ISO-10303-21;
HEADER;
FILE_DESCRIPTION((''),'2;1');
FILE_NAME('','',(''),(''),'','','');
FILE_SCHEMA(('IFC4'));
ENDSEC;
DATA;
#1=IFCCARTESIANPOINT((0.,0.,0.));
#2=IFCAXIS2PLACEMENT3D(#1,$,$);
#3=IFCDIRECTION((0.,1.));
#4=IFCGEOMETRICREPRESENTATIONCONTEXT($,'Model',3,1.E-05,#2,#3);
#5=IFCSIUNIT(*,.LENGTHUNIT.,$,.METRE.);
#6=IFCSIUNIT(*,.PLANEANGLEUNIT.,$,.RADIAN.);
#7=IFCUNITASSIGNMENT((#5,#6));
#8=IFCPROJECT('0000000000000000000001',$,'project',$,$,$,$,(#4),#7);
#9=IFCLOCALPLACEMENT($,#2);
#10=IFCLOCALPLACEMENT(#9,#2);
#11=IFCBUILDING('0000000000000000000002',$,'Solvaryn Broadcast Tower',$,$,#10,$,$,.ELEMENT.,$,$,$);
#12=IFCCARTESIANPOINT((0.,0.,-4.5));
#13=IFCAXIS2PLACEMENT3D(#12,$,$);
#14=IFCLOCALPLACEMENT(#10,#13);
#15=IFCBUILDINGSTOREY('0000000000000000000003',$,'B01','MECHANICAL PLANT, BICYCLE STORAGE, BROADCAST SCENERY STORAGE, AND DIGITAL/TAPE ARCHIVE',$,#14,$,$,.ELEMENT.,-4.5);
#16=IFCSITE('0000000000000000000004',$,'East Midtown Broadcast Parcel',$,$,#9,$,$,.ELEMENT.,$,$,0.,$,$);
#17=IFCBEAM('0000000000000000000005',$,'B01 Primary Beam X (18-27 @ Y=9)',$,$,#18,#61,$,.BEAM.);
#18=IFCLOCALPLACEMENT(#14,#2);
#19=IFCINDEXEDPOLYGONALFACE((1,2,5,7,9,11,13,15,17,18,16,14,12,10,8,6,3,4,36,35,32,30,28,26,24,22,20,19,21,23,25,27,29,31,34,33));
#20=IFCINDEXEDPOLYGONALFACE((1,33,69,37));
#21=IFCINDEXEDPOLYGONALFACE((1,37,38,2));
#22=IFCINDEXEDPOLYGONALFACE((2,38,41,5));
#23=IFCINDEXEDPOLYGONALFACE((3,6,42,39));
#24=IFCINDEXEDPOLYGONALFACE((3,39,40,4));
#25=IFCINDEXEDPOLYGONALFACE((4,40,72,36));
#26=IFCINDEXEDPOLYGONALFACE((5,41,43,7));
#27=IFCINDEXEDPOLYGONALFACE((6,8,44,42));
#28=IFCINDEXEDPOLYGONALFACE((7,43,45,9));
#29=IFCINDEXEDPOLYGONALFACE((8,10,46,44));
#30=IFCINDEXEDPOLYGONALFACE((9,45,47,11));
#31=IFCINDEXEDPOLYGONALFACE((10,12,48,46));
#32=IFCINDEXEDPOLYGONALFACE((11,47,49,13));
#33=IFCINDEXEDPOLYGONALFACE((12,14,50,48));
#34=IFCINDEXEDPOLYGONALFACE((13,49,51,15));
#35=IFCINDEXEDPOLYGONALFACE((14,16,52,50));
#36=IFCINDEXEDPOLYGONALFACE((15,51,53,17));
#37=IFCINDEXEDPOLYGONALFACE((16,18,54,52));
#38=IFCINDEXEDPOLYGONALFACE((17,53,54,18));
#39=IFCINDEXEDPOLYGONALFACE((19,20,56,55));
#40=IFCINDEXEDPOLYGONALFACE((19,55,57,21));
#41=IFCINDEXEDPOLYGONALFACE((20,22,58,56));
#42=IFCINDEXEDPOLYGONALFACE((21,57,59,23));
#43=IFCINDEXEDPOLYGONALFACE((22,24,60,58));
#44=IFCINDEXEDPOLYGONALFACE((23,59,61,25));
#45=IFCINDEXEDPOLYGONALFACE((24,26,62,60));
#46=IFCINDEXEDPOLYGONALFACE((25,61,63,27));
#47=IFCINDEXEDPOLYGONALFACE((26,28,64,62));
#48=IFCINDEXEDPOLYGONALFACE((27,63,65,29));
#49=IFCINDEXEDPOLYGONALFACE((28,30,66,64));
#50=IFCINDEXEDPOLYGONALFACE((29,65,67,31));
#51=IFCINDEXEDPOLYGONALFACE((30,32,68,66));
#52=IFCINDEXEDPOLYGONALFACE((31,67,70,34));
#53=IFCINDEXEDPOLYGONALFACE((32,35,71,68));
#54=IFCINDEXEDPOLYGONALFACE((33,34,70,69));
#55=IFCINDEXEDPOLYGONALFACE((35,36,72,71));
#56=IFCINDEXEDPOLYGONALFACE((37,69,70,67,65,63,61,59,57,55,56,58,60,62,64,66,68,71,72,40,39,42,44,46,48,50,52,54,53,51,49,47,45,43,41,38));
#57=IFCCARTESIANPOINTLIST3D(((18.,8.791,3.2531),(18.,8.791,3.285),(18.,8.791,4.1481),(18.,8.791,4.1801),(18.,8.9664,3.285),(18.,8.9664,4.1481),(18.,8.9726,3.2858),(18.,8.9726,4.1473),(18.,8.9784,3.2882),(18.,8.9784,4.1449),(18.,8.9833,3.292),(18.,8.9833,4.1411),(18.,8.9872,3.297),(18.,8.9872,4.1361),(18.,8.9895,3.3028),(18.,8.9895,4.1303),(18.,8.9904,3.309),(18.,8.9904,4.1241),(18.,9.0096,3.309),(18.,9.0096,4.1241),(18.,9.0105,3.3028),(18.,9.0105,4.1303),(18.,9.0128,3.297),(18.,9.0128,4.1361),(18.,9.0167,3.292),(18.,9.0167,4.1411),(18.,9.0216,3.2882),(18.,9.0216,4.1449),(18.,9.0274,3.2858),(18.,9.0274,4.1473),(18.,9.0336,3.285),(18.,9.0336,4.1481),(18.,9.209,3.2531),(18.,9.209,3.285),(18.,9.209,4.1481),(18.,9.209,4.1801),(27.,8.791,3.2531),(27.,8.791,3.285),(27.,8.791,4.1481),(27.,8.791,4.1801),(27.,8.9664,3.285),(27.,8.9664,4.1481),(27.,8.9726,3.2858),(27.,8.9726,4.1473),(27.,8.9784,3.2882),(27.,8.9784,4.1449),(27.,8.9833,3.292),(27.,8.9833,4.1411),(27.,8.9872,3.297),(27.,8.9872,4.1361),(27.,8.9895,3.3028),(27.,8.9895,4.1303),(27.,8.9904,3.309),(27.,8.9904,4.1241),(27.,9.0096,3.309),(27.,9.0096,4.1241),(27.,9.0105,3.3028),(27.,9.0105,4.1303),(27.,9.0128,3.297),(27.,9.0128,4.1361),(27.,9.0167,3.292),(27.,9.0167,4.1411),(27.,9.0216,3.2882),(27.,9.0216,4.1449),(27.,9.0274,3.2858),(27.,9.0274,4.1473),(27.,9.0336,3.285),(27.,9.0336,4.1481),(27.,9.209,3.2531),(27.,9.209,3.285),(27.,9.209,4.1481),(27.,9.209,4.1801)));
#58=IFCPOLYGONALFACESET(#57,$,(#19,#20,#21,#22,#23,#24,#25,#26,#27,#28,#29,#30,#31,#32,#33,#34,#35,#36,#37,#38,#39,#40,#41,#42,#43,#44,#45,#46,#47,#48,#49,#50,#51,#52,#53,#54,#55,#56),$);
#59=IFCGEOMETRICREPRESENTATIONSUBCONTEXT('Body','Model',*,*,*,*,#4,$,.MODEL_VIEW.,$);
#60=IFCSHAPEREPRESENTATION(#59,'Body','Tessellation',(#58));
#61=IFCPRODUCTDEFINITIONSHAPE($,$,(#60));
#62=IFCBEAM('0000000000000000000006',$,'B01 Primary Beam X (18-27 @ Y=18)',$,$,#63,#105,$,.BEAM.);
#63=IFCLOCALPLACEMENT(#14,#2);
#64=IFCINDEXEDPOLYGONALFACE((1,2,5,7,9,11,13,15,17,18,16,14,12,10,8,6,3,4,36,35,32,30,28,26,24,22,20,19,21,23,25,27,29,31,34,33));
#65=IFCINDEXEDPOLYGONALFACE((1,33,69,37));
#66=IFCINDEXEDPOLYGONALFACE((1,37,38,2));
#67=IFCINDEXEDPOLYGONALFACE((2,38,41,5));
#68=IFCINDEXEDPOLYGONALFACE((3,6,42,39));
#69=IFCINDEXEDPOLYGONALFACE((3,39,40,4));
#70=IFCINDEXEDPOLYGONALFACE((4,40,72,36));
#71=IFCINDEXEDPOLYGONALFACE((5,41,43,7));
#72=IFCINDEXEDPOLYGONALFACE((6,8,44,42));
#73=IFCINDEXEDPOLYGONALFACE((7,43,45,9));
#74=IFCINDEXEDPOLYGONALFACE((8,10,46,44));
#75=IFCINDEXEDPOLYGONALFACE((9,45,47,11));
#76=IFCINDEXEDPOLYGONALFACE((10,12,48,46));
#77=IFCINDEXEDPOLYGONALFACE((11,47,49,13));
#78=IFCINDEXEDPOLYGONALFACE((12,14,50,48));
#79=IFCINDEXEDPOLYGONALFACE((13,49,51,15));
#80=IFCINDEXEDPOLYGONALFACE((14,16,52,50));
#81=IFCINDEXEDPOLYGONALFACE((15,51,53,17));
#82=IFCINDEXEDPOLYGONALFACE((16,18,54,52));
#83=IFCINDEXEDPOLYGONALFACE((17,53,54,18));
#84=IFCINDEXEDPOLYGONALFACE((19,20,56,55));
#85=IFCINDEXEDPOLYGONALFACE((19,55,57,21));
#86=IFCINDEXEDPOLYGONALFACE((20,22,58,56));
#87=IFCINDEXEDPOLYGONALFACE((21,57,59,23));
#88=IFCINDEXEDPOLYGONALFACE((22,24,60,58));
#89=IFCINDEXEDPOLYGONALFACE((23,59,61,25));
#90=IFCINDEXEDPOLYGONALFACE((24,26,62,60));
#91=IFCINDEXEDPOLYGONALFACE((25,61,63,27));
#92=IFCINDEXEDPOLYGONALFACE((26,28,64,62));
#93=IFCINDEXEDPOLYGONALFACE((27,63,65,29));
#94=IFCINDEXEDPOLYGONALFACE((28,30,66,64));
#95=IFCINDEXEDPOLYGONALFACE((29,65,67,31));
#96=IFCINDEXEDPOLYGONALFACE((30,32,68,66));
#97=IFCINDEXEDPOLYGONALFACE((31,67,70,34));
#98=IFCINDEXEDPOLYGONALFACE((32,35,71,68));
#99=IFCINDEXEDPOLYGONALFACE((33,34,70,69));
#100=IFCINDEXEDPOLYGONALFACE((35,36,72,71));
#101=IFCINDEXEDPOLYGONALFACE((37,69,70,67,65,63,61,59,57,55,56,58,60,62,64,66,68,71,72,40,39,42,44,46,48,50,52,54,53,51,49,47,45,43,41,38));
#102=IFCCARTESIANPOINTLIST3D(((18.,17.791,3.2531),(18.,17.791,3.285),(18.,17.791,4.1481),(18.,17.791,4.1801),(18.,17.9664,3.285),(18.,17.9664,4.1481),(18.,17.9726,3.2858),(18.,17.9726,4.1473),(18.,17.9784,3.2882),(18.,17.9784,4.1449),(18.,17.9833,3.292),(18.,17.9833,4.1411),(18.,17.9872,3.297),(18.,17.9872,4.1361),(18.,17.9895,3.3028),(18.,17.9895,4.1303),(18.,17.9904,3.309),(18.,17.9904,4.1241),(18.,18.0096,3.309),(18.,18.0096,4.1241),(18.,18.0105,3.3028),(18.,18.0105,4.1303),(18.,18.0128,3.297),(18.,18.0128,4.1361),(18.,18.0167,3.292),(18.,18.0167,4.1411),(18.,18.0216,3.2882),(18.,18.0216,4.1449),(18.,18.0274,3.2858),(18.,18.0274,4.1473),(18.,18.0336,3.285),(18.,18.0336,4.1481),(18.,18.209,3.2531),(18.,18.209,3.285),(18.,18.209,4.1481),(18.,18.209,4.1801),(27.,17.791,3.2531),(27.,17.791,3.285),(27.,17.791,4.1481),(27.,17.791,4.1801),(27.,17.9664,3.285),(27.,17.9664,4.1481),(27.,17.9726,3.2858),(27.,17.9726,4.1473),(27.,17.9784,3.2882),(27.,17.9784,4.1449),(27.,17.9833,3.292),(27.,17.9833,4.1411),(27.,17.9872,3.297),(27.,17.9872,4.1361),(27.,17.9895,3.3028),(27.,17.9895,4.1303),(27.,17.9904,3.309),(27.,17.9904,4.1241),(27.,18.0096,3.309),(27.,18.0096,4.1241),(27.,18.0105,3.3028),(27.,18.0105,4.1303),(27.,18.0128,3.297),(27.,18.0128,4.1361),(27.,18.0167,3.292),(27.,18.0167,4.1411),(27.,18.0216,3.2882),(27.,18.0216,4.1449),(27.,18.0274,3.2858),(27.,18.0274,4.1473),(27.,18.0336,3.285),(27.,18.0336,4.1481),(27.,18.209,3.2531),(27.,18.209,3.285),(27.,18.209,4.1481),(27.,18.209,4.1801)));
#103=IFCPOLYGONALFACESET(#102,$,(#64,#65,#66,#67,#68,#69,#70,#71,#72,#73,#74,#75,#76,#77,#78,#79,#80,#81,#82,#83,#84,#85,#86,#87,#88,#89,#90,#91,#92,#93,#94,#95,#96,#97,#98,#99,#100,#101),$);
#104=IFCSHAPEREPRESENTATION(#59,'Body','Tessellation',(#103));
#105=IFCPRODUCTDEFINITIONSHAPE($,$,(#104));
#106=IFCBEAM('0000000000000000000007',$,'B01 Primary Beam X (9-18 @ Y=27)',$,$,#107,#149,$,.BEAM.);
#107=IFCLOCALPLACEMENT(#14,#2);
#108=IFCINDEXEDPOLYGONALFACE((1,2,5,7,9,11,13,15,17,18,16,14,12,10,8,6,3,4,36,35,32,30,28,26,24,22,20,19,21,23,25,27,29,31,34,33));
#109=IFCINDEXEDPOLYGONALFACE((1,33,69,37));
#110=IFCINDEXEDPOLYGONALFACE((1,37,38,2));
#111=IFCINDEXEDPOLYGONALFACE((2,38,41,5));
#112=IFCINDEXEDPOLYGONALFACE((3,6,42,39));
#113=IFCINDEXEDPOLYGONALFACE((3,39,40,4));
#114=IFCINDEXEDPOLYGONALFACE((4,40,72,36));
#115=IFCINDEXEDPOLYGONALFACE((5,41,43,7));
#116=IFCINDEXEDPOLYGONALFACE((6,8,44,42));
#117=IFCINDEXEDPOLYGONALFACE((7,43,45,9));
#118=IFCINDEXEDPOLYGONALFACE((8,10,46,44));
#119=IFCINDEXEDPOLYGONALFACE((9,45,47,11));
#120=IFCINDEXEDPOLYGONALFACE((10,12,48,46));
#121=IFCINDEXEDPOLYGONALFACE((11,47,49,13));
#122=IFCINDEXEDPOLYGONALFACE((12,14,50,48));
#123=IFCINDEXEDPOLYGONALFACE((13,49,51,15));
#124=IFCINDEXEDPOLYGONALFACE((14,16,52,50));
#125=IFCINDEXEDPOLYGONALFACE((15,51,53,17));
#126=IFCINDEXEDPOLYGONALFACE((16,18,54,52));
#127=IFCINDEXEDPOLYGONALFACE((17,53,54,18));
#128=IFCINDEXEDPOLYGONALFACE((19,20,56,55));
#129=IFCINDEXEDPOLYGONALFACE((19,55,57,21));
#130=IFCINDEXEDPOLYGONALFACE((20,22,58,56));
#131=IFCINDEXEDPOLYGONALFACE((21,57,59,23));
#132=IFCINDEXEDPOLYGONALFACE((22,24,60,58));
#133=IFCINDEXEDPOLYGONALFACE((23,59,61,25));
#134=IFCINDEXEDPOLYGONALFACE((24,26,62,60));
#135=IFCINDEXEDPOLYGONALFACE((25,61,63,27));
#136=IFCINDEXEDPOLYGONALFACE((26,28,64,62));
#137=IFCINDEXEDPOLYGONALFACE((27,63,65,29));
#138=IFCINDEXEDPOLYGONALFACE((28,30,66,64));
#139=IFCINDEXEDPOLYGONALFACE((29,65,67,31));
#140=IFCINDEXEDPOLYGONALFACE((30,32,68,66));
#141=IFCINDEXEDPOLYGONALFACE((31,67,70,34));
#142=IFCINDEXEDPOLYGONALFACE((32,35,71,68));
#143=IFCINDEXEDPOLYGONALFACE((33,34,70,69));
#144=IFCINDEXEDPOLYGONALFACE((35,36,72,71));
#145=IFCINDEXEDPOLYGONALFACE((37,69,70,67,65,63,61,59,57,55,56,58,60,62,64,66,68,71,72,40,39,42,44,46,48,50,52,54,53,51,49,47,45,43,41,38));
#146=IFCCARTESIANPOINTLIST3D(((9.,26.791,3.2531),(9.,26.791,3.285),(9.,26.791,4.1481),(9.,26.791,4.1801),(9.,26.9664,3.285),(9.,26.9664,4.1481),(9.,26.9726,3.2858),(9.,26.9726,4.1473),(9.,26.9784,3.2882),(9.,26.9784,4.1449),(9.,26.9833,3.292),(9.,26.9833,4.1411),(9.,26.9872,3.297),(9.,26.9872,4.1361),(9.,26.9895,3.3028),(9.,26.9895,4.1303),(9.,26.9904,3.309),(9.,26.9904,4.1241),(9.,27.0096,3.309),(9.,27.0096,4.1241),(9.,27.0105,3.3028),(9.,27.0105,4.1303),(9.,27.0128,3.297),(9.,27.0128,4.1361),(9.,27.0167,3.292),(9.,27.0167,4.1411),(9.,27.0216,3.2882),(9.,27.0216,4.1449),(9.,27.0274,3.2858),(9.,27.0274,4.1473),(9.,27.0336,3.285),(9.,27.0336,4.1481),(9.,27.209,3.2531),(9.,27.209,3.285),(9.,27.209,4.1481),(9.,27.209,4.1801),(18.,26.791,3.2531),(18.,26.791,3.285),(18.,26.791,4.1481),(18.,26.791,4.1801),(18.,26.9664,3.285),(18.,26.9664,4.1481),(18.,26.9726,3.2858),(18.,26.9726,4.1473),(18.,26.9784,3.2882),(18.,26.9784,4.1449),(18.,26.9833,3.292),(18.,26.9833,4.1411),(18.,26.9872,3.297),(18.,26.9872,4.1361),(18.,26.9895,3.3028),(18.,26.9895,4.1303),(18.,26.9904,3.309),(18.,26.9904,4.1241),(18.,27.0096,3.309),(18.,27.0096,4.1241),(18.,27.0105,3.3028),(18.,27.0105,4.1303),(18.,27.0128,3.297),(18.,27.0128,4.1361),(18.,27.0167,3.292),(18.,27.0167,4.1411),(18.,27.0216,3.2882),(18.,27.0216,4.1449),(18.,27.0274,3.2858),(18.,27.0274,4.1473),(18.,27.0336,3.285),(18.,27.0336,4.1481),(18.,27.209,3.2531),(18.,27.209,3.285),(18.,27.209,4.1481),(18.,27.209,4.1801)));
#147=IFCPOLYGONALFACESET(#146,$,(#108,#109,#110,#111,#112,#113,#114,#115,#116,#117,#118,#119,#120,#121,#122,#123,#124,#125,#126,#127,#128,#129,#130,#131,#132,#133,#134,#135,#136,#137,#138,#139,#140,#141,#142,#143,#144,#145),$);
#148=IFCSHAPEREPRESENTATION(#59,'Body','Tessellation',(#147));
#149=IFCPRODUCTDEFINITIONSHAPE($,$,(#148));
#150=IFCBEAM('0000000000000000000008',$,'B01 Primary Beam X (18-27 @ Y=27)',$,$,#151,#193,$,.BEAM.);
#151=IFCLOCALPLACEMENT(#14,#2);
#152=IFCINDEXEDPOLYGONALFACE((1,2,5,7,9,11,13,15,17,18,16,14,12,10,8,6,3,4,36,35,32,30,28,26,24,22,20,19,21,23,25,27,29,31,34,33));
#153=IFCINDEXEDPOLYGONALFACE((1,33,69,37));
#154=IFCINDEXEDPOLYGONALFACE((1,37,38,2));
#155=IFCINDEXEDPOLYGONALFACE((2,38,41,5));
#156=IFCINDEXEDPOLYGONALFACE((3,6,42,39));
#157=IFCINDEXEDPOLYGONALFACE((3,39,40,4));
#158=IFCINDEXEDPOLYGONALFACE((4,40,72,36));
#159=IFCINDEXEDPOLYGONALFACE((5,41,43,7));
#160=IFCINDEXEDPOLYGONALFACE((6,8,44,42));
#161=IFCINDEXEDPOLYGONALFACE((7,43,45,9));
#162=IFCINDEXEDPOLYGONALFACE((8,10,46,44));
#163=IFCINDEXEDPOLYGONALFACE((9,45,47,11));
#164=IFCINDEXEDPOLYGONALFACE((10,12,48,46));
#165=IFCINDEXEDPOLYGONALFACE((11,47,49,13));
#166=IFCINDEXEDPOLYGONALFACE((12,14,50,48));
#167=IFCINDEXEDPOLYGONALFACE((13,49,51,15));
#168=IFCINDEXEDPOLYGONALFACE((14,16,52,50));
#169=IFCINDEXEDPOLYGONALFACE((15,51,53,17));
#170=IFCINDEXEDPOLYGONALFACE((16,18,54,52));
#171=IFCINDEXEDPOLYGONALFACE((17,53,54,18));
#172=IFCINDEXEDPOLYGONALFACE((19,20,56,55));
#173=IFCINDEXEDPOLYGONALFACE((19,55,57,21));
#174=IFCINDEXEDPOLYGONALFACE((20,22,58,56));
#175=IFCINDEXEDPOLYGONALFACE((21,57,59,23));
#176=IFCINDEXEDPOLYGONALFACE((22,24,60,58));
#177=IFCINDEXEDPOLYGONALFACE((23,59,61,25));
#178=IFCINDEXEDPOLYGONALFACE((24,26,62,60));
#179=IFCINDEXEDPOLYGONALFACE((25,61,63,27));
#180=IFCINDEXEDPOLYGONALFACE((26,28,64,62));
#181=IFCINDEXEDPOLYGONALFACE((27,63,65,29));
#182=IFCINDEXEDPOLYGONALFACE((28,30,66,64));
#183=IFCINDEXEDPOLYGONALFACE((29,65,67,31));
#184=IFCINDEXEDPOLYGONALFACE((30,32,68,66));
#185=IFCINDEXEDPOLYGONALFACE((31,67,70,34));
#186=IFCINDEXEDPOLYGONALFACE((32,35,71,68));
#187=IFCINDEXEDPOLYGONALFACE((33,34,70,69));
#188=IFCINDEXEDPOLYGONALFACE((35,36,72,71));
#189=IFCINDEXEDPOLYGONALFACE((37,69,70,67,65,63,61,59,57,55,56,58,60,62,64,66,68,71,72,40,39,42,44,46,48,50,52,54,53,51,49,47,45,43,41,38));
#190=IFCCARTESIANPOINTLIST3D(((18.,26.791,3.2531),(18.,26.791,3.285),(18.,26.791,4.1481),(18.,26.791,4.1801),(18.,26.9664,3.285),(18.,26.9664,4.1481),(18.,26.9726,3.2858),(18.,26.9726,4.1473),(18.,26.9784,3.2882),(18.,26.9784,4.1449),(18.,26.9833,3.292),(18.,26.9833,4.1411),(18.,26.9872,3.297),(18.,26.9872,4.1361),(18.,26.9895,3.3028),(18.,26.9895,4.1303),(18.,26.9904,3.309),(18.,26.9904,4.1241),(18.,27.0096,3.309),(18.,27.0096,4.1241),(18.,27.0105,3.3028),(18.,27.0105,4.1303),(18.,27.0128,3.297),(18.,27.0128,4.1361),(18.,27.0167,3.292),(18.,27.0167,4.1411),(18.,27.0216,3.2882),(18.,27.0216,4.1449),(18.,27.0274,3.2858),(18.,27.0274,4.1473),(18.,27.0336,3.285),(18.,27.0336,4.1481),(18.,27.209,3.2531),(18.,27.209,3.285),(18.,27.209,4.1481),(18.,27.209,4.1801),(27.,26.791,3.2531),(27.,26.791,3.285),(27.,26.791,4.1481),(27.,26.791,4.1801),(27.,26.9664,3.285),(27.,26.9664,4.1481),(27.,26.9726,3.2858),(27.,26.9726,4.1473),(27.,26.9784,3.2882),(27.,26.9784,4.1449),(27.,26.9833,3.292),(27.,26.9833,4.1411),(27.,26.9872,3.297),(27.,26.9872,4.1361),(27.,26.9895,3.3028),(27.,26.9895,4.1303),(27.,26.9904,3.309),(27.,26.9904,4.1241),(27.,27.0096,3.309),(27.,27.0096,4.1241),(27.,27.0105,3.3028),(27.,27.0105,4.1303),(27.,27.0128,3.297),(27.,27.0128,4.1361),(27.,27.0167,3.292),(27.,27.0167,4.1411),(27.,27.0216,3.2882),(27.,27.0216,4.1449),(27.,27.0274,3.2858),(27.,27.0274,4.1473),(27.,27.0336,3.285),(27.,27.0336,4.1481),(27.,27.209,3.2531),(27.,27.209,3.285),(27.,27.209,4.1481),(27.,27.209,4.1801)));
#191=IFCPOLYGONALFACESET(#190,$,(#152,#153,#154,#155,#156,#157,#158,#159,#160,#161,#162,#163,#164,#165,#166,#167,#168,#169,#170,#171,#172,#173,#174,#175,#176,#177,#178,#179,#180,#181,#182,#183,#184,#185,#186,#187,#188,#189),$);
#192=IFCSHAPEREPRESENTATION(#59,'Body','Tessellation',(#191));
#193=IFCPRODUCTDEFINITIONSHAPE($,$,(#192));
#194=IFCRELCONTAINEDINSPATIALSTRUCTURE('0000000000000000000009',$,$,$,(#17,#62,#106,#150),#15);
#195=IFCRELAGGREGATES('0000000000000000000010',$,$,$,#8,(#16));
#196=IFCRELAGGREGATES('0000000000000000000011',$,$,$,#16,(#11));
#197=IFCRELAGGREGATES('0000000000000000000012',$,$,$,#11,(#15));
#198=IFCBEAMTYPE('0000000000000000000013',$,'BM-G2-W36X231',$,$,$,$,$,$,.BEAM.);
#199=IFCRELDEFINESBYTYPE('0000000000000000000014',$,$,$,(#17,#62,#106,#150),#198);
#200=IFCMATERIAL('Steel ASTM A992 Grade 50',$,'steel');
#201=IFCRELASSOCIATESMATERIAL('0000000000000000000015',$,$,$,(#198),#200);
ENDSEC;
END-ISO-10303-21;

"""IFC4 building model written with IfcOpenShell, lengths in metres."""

from ifc_helpers import new_model, si_unit, direction, frame, origin, origin_2d, place, context, subcontext, project, spatial, i_section, extrude, material, material_profile, profile_set, type_object, element, save


model = new_model("IFC4")

# Units and contexts
model_context = context("Model", 3, precision=1e-05, world=origin(), true_north=direction((0.0, 1.0)))
body_context = subcontext(model_context, "Body", "Model", "MODEL_VIEW")
ifc_project = project(units=[si_unit("LENGTHUNIT", "METRE"), si_unit("PLANEANGLEUNIT", "RADIAN")], contexts=[model_context])

# Site, building, storey
site_placement = place(None, origin())
site = spatial("IfcSite", under=ifc_project, at=site_placement, Name="East Midtown Broadcast Parcel", CompositionType="ELEMENT", RefElevation=0.0)
building_placement = place(site_placement, origin())
building = spatial("IfcBuilding", under=site, at=building_placement, Name="Solvaryn Broadcast Tower", CompositionType="ELEMENT")
storey_placement = place(building_placement, frame((0.0, 0.0, -4.5)))
storey = spatial("IfcBuildingStorey", under=building, at=storey_placement, Name="B01", Description="MECHANICAL PLANT, BICYCLE STORAGE, BROADCAST SCENERY STORAGE, AND DIGITAL/TAPE ARCHIVE", CompositionType="ELEMENT", Elevation=-4.5)

# Beams
ifc_material_1 = material(Name="Steel ASTM A992 Grade 50", Category="steel")
ifc_material_profile_1 = material_profile(ifc_material_1, i_section(OverallWidth=0.418, OverallDepth=0.927, WebThickness=0.0193, FlangeThickness=0.032, FilletRadius=0.0239, at=origin_2d()))
ifc_profile_set_1 = profile_set([ifc_material_profile_1], Name="Steel ASTM A992 Grade 50")
beam_type_1 = type_object("IfcBeamType", Name="BM-G2-W36X231", PredefinedType="BEAM", material=ifc_profile_set_1)
for number, where, z_axis, x_axis, name in (
    (1, (18.0, 9.0, 3.7166), (1.0, 0.0, 0.0), (0.0, 1.0, 0.0), "B01 Primary Beam X (18-27 @ Y=9)"),
    (2, (18.0, 18.0, 3.7166), (1.0, 0.0, 0.0), (0.0, 1.0, 0.0), "B01 Primary Beam X (18-27 @ Y=18)"),
    (3, (9.0, 27.0, 3.7166), (1.0, 0.0, 0.0), (0.0, 1.0, 0.0), "B01 Primary Beam X (9-18 @ Y=27)"),
    (4, (18.0, 27.0, 3.7166), (1.0, 0.0, 0.0), (0.0, 1.0, 0.0), "B01 Primary Beam X (18-27 @ Y=27)"),
):
    element("IfcBeam", number, at=place(storey_placement, frame(where, z_axis=z_axis, x_axis=x_axis)), inside=storey, type_object=beam_type_1, Name=name, PredefinedType="BEAM", context=body_context, shape_type="SweptSolid", body=[
        extrude(i_section(OverallWidth=0.418, OverallDepth=0.927, WebThickness=0.0193, FlangeThickness=0.032, FilletRadius=0.0239, at=origin_2d()), origin(), (0.0, 0.0, 1.0), 9.0),
    ])

save(model, "model.ifc")
